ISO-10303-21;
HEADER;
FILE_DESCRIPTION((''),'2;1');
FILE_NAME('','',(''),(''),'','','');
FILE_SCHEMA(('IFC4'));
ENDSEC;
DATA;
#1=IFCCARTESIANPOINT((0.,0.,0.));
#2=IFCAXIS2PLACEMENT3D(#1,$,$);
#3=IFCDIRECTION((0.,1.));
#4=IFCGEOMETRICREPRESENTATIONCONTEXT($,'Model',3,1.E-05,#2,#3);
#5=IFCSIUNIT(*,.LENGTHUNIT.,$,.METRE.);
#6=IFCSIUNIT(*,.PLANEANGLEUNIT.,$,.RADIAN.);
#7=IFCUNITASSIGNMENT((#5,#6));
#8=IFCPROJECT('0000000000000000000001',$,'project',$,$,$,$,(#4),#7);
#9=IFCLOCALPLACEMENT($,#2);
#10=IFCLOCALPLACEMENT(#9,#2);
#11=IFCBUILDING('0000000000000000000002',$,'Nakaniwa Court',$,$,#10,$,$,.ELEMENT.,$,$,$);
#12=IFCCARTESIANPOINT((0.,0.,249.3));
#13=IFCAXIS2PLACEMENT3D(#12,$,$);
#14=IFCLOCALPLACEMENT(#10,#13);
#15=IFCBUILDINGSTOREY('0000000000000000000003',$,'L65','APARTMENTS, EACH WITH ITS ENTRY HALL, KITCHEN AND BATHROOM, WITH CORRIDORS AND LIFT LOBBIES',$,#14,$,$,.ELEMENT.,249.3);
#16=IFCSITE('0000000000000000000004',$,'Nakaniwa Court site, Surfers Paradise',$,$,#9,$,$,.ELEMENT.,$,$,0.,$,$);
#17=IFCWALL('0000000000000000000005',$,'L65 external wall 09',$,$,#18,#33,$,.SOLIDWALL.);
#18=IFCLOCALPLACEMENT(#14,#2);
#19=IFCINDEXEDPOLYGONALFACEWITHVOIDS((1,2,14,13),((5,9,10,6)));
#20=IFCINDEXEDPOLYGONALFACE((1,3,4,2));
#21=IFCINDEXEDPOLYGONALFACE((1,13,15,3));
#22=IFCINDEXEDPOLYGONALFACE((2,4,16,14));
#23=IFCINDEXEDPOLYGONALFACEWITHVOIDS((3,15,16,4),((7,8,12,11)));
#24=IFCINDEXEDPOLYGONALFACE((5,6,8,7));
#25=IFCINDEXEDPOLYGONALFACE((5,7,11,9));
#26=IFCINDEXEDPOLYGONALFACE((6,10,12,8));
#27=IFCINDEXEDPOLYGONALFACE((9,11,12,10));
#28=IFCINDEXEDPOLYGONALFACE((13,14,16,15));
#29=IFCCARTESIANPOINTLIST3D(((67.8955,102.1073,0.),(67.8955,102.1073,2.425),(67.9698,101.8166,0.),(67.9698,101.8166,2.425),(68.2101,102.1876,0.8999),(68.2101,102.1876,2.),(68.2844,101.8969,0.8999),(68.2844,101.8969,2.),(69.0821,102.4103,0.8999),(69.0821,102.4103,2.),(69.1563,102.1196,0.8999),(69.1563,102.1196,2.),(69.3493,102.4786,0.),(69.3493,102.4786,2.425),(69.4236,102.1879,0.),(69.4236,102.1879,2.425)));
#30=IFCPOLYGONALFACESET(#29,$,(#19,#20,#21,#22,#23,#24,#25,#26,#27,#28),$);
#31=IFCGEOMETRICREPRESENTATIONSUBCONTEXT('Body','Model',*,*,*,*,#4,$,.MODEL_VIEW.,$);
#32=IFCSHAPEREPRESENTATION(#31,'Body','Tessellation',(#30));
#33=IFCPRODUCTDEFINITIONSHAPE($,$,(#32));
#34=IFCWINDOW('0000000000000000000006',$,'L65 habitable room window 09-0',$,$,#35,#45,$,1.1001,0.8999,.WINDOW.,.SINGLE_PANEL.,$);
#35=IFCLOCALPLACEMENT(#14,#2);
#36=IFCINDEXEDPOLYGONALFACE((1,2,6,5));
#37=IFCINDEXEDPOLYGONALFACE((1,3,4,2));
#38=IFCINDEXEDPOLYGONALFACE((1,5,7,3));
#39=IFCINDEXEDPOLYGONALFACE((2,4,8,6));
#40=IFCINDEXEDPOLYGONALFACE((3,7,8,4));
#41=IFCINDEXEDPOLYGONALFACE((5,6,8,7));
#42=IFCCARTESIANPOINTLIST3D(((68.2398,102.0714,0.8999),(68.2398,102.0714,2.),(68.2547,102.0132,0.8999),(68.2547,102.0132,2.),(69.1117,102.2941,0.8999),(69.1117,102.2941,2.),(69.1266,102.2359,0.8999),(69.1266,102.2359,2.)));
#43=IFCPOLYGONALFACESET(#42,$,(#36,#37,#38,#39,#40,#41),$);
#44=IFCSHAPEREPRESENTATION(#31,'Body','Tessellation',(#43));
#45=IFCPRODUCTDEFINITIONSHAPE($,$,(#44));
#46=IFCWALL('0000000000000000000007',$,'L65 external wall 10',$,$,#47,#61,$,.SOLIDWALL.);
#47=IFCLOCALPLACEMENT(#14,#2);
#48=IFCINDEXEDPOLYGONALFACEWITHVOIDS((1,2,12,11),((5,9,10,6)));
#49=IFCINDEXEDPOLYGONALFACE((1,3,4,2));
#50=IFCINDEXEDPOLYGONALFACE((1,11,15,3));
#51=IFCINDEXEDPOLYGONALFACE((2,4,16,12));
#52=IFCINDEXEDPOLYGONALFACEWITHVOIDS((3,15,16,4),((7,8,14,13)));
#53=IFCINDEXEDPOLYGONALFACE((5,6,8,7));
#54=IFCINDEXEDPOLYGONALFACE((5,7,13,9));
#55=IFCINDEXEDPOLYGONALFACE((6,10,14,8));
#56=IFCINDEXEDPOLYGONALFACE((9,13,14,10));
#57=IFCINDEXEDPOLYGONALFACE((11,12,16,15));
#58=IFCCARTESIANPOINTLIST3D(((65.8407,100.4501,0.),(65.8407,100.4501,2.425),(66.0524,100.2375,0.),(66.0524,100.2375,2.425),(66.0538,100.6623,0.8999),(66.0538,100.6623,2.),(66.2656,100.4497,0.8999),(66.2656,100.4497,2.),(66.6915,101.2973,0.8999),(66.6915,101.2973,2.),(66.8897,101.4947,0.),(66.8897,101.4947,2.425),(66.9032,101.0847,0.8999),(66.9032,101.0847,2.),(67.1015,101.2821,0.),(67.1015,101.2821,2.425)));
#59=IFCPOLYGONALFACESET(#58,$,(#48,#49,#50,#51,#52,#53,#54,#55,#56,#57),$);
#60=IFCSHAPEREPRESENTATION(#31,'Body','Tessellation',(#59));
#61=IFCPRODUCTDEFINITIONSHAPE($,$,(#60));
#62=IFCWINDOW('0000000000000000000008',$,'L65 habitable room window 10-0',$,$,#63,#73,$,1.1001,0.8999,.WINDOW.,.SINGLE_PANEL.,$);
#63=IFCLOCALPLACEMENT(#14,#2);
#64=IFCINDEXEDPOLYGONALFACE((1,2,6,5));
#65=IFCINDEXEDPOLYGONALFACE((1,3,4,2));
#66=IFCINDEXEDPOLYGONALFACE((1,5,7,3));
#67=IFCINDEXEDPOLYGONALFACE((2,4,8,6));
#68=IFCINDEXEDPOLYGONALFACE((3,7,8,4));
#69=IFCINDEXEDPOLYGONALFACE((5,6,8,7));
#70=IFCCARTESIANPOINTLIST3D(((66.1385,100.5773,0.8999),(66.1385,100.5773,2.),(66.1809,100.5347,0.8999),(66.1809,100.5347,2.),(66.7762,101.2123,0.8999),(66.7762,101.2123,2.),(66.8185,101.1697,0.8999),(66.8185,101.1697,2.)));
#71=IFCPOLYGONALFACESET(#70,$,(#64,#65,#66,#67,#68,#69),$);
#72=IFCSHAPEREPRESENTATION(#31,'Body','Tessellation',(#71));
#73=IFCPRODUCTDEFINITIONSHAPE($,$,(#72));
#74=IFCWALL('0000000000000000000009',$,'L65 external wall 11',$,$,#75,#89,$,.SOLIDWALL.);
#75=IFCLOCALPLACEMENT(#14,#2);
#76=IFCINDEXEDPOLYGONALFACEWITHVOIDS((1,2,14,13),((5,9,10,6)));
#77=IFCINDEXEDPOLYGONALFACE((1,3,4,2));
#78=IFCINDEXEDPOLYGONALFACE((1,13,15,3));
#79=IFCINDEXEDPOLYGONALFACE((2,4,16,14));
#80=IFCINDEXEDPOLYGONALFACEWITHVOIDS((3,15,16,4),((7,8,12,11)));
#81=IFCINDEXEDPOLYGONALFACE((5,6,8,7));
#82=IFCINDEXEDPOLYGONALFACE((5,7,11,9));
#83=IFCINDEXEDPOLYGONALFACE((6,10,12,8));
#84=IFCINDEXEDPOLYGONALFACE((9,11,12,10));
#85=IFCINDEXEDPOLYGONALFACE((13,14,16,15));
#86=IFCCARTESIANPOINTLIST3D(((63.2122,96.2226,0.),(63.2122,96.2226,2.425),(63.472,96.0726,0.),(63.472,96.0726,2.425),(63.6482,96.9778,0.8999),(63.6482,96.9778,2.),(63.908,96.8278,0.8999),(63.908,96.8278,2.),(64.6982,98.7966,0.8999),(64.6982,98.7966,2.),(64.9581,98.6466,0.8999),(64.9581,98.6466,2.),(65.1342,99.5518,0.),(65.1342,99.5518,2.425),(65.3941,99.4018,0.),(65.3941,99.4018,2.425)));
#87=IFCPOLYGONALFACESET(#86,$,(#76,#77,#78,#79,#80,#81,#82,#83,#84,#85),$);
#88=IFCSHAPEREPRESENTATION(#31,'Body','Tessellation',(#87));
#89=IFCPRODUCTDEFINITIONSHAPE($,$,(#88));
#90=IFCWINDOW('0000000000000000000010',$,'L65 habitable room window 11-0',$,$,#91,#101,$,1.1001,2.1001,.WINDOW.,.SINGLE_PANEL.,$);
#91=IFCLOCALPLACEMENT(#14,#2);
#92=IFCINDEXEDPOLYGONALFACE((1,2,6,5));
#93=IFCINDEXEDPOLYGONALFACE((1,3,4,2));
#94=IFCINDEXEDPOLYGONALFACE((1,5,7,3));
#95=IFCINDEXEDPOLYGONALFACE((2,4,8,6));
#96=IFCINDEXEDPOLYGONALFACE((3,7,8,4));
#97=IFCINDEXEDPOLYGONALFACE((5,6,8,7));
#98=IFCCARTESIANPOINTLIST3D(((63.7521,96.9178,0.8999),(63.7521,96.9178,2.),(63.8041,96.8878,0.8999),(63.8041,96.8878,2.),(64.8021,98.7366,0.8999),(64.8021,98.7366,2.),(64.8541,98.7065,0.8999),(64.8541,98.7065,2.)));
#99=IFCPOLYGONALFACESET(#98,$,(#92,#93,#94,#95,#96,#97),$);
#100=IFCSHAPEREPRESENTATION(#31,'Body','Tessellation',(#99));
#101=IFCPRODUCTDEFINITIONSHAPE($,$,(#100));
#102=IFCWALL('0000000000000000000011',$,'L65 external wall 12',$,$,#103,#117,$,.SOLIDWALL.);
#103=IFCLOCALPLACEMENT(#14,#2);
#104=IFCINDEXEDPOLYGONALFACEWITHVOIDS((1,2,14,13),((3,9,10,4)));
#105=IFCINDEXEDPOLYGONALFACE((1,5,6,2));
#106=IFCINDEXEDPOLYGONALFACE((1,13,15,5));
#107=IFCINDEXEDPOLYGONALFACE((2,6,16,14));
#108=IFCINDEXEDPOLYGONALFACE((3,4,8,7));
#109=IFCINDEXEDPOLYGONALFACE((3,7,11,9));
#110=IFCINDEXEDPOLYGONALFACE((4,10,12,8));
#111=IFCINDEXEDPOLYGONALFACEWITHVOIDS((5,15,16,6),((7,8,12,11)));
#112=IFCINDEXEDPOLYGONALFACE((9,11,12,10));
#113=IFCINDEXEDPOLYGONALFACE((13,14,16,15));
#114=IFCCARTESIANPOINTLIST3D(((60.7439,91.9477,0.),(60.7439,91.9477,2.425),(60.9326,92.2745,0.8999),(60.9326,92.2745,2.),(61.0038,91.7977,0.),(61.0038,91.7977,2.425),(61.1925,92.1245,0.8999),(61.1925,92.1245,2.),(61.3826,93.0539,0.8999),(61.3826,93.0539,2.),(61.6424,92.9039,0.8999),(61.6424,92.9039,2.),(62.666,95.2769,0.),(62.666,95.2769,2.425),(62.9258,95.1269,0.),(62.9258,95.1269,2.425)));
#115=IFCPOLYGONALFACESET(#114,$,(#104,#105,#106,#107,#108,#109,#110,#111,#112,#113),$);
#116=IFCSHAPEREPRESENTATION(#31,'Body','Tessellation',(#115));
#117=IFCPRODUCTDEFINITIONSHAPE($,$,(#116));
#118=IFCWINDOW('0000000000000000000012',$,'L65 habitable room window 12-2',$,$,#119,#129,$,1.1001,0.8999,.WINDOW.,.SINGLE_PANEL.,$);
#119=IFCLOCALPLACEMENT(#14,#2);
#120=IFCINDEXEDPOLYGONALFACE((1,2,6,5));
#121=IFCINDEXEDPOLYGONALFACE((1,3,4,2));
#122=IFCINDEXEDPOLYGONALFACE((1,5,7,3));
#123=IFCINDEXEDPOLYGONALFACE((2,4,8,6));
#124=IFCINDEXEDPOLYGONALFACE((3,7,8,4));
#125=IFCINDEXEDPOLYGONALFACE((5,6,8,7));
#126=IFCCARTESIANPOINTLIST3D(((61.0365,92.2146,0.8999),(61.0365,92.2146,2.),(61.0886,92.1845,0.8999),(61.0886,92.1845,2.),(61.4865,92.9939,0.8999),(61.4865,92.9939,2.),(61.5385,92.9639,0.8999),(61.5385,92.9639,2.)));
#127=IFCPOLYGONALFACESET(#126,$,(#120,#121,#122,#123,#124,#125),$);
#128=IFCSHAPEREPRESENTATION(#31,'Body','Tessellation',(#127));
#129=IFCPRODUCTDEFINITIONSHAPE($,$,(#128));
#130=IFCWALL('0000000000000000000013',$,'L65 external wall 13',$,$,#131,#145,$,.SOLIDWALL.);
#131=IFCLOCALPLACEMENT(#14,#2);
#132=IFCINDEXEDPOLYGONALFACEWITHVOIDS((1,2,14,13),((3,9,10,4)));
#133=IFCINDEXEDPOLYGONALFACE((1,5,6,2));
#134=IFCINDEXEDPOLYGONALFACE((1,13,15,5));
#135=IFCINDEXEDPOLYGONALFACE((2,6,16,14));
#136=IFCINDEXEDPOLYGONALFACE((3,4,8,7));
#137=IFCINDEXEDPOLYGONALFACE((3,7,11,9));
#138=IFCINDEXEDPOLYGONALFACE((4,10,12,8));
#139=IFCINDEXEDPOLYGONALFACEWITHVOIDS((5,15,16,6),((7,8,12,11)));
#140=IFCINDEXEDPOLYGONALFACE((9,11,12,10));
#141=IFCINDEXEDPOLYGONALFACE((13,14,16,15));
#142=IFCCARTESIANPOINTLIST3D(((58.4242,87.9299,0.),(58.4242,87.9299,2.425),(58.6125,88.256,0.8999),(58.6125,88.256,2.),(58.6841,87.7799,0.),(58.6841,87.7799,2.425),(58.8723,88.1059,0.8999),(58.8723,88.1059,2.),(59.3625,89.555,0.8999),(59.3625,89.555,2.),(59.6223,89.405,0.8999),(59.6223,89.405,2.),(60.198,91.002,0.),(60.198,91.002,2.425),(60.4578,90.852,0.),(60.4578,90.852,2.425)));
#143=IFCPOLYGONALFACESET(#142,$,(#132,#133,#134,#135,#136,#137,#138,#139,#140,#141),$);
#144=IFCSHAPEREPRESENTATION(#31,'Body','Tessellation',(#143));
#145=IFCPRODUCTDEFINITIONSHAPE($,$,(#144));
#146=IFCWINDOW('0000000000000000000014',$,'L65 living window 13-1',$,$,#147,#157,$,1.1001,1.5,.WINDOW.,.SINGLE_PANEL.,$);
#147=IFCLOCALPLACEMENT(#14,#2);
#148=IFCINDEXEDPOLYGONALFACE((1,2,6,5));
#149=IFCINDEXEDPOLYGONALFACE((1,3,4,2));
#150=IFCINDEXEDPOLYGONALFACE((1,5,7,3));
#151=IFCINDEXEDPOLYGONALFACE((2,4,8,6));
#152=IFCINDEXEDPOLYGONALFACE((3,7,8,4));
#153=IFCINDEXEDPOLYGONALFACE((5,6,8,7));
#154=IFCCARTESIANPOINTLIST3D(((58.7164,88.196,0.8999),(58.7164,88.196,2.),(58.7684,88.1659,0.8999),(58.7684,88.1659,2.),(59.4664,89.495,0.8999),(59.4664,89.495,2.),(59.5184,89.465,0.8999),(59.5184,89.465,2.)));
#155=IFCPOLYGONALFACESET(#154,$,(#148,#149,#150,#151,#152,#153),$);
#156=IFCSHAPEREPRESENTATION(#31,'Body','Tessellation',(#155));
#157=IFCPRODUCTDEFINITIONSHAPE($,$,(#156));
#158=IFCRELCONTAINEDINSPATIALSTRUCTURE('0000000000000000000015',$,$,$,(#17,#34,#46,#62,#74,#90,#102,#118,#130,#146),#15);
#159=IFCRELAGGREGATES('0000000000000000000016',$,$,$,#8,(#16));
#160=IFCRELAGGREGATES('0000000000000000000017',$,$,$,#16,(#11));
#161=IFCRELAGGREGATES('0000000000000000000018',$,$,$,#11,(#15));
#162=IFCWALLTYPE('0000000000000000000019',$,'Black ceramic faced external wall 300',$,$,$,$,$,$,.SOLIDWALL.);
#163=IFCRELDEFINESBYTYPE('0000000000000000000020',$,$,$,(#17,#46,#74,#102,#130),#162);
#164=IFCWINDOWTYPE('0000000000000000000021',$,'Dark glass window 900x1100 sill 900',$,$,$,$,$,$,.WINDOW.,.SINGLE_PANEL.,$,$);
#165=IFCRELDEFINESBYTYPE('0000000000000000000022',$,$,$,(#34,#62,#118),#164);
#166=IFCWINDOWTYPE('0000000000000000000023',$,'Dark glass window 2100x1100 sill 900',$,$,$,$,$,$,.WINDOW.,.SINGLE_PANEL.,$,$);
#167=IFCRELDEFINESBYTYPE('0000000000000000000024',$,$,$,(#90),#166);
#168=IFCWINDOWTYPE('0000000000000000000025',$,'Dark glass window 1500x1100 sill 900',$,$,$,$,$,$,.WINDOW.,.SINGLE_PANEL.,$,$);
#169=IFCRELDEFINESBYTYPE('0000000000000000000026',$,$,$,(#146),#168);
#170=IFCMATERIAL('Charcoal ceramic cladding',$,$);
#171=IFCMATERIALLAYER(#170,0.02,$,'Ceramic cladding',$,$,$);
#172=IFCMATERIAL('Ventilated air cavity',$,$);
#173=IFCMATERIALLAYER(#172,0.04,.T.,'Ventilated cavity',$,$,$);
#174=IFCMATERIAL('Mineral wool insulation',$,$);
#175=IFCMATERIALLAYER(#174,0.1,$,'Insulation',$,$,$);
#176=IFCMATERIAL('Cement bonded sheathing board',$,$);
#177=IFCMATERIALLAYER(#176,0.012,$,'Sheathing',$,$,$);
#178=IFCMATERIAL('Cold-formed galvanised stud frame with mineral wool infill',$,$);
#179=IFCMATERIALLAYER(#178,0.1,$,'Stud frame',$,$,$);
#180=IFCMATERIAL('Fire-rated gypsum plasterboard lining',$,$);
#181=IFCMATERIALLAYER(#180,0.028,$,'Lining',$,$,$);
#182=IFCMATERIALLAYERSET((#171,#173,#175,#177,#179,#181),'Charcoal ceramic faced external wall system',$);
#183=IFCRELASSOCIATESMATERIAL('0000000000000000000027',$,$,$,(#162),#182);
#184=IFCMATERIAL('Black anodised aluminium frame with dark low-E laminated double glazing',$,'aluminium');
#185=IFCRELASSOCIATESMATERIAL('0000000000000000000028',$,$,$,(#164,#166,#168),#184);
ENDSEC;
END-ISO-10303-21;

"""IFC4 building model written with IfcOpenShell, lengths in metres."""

from ifc_helpers import new_model, si_unit, direction, frame, frame_2d, origin, place, context, subcontext, project, spatial, rectangle, extrude, material, layer, layer_set, type_object, element, fill, save


model = new_model("IFC4")

# Units and contexts
model_context = context("Model", 3, precision=1e-05, world=origin(), true_north=direction((0.0, 1.0)))
body_context = subcontext(model_context, "Body", "Model", "MODEL_VIEW")
ifc_project = project(units=[si_unit("LENGTHUNIT", "METRE"), si_unit("PLANEANGLEUNIT", "RADIAN")], contexts=[model_context])

# Site, building, storey
site_placement = place(None, origin())
site = spatial("IfcSite", under=ifc_project, at=site_placement, Name="Nakaniwa Court site, Surfers Paradise", CompositionType="ELEMENT", RefElevation=0.0)
building_placement = place(site_placement, origin())
building = spatial("IfcBuilding", under=site, at=building_placement, Name="Nakaniwa Court", CompositionType="ELEMENT")
storey_placement = place(building_placement, frame((0.0, 0.0, 249.3)))
storey = spatial("IfcBuildingStorey", under=building, at=storey_placement, Name="L65", Description="APARTMENTS, EACH WITH ITS ENTRY HALL, KITCHEN AND BATHROOM, WITH CORRIDORS AND LIFT LOBBIES", CompositionType="ELEMENT", Elevation=249.3)

# Walls, openings, windows
ifc_material_1 = material(Name="Charcoal ceramic cladding")
ifc_layer_1 = layer(ifc_material_1, 0.02, Name="Ceramic cladding")
ifc_material_2 = material(Name="Ventilated air cavity")
ifc_layer_2 = layer(ifc_material_2, 0.04, ventilated=True, Name="Ventilated cavity")
ifc_material_3 = material(Name="Mineral wool insulation")
ifc_layer_3 = layer(ifc_material_3, 0.1, Name="Insulation")
ifc_material_4 = material(Name="Cement bonded sheathing board")
ifc_layer_4 = layer(ifc_material_4, 0.012, Name="Sheathing")
ifc_material_5 = material(Name="Cold-formed galvanised stud frame with mineral wool infill")
ifc_layer_5 = layer(ifc_material_5, 0.1, Name="Stud frame")
ifc_material_6 = material(Name="Fire-rated gypsum plasterboard lining")
ifc_layer_6 = layer(ifc_material_6, 0.028, Name="Lining")
ifc_layer_set_1 = layer_set([ifc_layer_1, ifc_layer_2, ifc_layer_3, ifc_layer_4, ifc_layer_5, ifc_layer_6], Name="Charcoal ceramic faced external wall system")
wall_type_1 = type_object("IfcWallType", Name="Black ceramic faced external wall 300", PredefinedType="SOLIDWALL", material=ifc_layer_set_1)
wall_1_placement = place(storey_placement, frame((69.3865, 102.3333, 0.0), z_axis=(0.0, 0.0, 1.0), x_axis=(-0.968895, -0.247471, 0.0)))
wall_1 = element("IfcWall", 1, at=wall_1_placement, inside=storey, type_object=wall_type_1, Name="L65 external wall 09", PredefinedType="SOLIDWALL", context=body_context, shape_type="SweptSolid", body=[
    extrude(rectangle(XDim=1.5005, YDim=0.3, at=frame_2d((0.7502, 0.0))), origin(), (0.0, 0.0, 1.0), 2.425),
])
opening_1_placement = place(wall_1_placement, frame((0.2759, 0.0, 0.8999)))
opening_1 = element("IfcOpeningElement", 2, at=opening_1_placement, cuts=wall_1, PredefinedType="OPENING", context=body_context, shape_type="SweptSolid", body=[
    extrude(rectangle(XDim=0.8999, YDim=1.1001, at=frame_2d((0.45, 0.55))), frame((0.0, 0.1599, 0.0), z_axis=(0.0, -1.0, 0.0), x_axis=(1.0, 0.0, 0.0)), (0.0, 0.0, 1.0), 0.3201),
])
ifc_material_7 = material(Name="Black anodised aluminium frame with dark low-E laminated double glazing", Category="aluminium")
window_type_1 = type_object("IfcWindowType", Name="Dark glass window 900x1100 sill 900", PartitioningType="SINGLE_PANEL", PredefinedType="WINDOW", material=ifc_material_7)
window_1_placement = place(opening_1_placement, origin())
window_1 = element("IfcWindow", 3, at=window_1_placement, inside=storey, type_object=window_type_1, Name="L65 habitable room window 09-0", OverallHeight=1.1001, OverallWidth=0.8999, PartitioningType="SINGLE_PANEL", PredefinedType="WINDOW", context=body_context, shape_type="SweptSolid", body=[
    extrude(rectangle(XDim=0.8999, YDim=1.1001, at=frame_2d((0.45, 0.55))), frame((0.0, 0.03, 0.0), z_axis=(0.0, -1.0, 0.0), x_axis=(1.0, 0.0, 0.0)), (0.0, 0.0, 1.0), 0.0601),
])
fill(opening_1, window_1)
wall_2_placement = place(storey_placement, frame((66.9956, 101.3884, 0.0), z_axis=(0.0, 0.0, 1.0), x_axis=(-0.708589, -0.705621, 0.0)))
wall_2 = element("IfcWall", 4, at=wall_2_placement, inside=storey, type_object=wall_type_1, Name="L65 external wall 10", PredefinedType="SOLIDWALL", context=body_context, shape_type="SweptSolid", body=[
    extrude(rectangle(XDim=1.4805, YDim=0.3, at=frame_2d((0.7402, 0.0))), origin(), (0.0, 0.0, 1.0), 2.425),
])
opening_2_placement = place(wall_2_placement, frame((0.2798, 0.0, 0.8999)))
opening_2 = element("IfcOpeningElement", 5, at=opening_2_placement, cuts=wall_2, PredefinedType="OPENING", context=body_context, shape_type="SweptSolid", body=[
    extrude(rectangle(XDim=0.8999, YDim=1.1001, at=frame_2d((0.45, 0.55))), frame((0.0, 0.1599, 0.0), z_axis=(0.0, -1.0, 0.0), x_axis=(1.0, 0.0, 0.0)), (0.0, 0.0, 1.0), 0.3201),
])
window_2_placement = place(opening_2_placement, origin())
window_2 = element("IfcWindow", 6, at=window_2_placement, inside=storey, type_object=window_type_1, Name="L65 habitable room window 10-0", OverallHeight=1.1001, OverallWidth=0.8999, PartitioningType="SINGLE_PANEL", PredefinedType="WINDOW", context=body_context, shape_type="SweptSolid", body=[
    extrude(rectangle(XDim=0.8999, YDim=1.1001, at=frame_2d((0.45, 0.55))), frame((0.0, 0.03, 0.0), z_axis=(0.0, -1.0, 0.0), x_axis=(1.0, 0.0, 0.0)), (0.0, 0.0, 1.0), 0.0601),
])
fill(opening_2, window_2)
wall_3_placement = place(storey_placement, frame((65.2642, 99.4768, 0.0), z_axis=(0.0, 0.0, 1.0), x_axis=(-0.499984, -0.866034, 0.0)))
wall_3 = element("IfcWall", 7, at=wall_3_placement, inside=storey, type_object=wall_type_1, Name="L65 external wall 11", PredefinedType="SOLIDWALL", context=body_context, shape_type="SweptSolid", body=[
    extrude(rectangle(XDim=3.8442, YDim=0.3, at=frame_2d((1.9221, 0.0))), origin(), (0.0, 0.0, 1.0), 2.425),
])
opening_3_placement = place(wall_3_placement, frame((0.8721, 0.0, 0.8999)))
opening_3 = element("IfcOpeningElement", 8, at=opening_3_placement, cuts=wall_3, PredefinedType="OPENING", context=body_context, shape_type="SweptSolid", body=[
    extrude(rectangle(XDim=2.1001, YDim=1.1001, at=frame_2d((1.05, 0.55))), frame((0.0, 0.1599, 0.0), z_axis=(0.0, -1.0, 0.0), x_axis=(1.0, 0.0, 0.0)), (0.0, 0.0, 1.0), 0.3201),
])
window_type_2 = type_object("IfcWindowType", Name="Dark glass window 2100x1100 sill 900", PartitioningType="SINGLE_PANEL", PredefinedType="WINDOW", material=ifc_material_7)
window_3_placement = place(opening_3_placement, origin())
window_3 = element("IfcWindow", 9, at=window_3_placement, inside=storey, type_object=window_type_2, Name="L65 habitable room window 11-0", OverallHeight=1.1001, OverallWidth=2.1001, PartitioningType="SINGLE_PANEL", PredefinedType="WINDOW", context=body_context, shape_type="SweptSolid", body=[
    extrude(rectangle(XDim=2.1001, YDim=1.1001, at=frame_2d((1.05, 0.55))), frame((0.0, 0.03, 0.0), z_axis=(0.0, -1.0, 0.0), x_axis=(1.0, 0.0, 0.0)), (0.0, 0.0, 1.0), 0.0601),
])
fill(opening_3, window_3)
wall_4_placement = place(storey_placement, frame((62.7959, 95.2019, 0.0), z_axis=(0.0, 0.0, 1.0), x_axis=(-0.499984, -0.866034, 0.0)))
wall_4 = element("IfcWall", 10, at=wall_4_placement, inside=storey, type_object=wall_type_1, Name="L65 external wall 12", PredefinedType="SOLIDWALL", context=body_context, shape_type="SweptSolid", body=[
    extrude(rectangle(XDim=3.8442, YDim=0.3, at=frame_2d((1.9221, 0.0))), origin(), (0.0, 0.0, 1.0), 2.425),
])
opening_4_placement = place(wall_4_placement, frame((2.5669, 0.0, 0.8999)))
opening_4 = element("IfcOpeningElement", 11, at=opening_4_placement, cuts=wall_4, PredefinedType="OPENING", context=body_context, shape_type="SweptSolid", body=[
    extrude(rectangle(XDim=0.8999, YDim=1.1001, at=frame_2d((0.45, 0.55))), frame((0.0, 0.1599, 0.0), z_axis=(0.0, -1.0, 0.0), x_axis=(1.0, 0.0, 0.0)), (0.0, 0.0, 1.0), 0.3201),
])
window_4_placement = place(opening_4_placement, origin())
window_4 = element("IfcWindow", 12, at=window_4_placement, inside=storey, type_object=window_type_1, Name="L65 habitable room window 12-2", OverallHeight=1.1001, OverallWidth=0.8999, PartitioningType="SINGLE_PANEL", PredefinedType="WINDOW", context=body_context, shape_type="SweptSolid", body=[
    extrude(rectangle(XDim=0.8999, YDim=1.1001, at=frame_2d((0.45, 0.55))), frame((0.0, 0.03, 0.0), z_axis=(0.0, -1.0, 0.0), x_axis=(1.0, 0.0, 0.0)), (0.0, 0.0, 1.0), 0.0601),
])
fill(opening_4, window_4)
wall_5_placement = place(storey_placement, frame((60.3279, 90.927, 0.0), z_axis=(0.0, 0.0, 1.0), x_axis=(-0.50001, -0.866019, 0.0)))
wall_5 = element("IfcWall", 13, at=wall_5_placement, inside=storey, type_object=wall_type_1, Name="L65 external wall 13", PredefinedType="SOLIDWALL", context=body_context, shape_type="SweptSolid", body=[
    extrude(rectangle(XDim=3.5474, YDim=0.3, at=frame_2d((1.7737, 0.0))), origin(), (0.0, 0.0, 1.0), 2.425),
])
opening_5_placement = place(wall_5_placement, frame((1.6709, 0.0, 0.8999)))
opening_5 = element("IfcOpeningElement", 14, at=opening_5_placement, cuts=wall_5, PredefinedType="OPENING", context=body_context, shape_type="SweptSolid", body=[
    extrude(rectangle(XDim=1.5, YDim=1.1001, at=frame_2d((0.75, 0.55))), frame((0.0, 0.1599, 0.0), z_axis=(0.0, -1.0, 0.0), x_axis=(1.0, 0.0, 0.0)), (0.0, 0.0, 1.0), 0.3201),
])
window_type_3 = type_object("IfcWindowType", Name="Dark glass window 1500x1100 sill 900", PartitioningType="SINGLE_PANEL", PredefinedType="WINDOW", material=ifc_material_7)
window_5_placement = place(opening_5_placement, origin())
window_5 = element("IfcWindow", 15, at=window_5_placement, inside=storey, type_object=window_type_3, Name="L65 living window 13-1", OverallHeight=1.1001, OverallWidth=1.5, PartitioningType="SINGLE_PANEL", PredefinedType="WINDOW", context=body_context, shape_type="SweptSolid", body=[
    extrude(rectangle(XDim=1.5, YDim=1.1001, at=frame_2d((0.75, 0.55))), frame((0.0, 0.03, 0.0), z_axis=(0.0, -1.0, 0.0), x_axis=(1.0, 0.0, 0.0)), (0.0, 0.0, 1.0), 0.0601),
])
fill(opening_5, window_5)

save(model, "model.ifc")
